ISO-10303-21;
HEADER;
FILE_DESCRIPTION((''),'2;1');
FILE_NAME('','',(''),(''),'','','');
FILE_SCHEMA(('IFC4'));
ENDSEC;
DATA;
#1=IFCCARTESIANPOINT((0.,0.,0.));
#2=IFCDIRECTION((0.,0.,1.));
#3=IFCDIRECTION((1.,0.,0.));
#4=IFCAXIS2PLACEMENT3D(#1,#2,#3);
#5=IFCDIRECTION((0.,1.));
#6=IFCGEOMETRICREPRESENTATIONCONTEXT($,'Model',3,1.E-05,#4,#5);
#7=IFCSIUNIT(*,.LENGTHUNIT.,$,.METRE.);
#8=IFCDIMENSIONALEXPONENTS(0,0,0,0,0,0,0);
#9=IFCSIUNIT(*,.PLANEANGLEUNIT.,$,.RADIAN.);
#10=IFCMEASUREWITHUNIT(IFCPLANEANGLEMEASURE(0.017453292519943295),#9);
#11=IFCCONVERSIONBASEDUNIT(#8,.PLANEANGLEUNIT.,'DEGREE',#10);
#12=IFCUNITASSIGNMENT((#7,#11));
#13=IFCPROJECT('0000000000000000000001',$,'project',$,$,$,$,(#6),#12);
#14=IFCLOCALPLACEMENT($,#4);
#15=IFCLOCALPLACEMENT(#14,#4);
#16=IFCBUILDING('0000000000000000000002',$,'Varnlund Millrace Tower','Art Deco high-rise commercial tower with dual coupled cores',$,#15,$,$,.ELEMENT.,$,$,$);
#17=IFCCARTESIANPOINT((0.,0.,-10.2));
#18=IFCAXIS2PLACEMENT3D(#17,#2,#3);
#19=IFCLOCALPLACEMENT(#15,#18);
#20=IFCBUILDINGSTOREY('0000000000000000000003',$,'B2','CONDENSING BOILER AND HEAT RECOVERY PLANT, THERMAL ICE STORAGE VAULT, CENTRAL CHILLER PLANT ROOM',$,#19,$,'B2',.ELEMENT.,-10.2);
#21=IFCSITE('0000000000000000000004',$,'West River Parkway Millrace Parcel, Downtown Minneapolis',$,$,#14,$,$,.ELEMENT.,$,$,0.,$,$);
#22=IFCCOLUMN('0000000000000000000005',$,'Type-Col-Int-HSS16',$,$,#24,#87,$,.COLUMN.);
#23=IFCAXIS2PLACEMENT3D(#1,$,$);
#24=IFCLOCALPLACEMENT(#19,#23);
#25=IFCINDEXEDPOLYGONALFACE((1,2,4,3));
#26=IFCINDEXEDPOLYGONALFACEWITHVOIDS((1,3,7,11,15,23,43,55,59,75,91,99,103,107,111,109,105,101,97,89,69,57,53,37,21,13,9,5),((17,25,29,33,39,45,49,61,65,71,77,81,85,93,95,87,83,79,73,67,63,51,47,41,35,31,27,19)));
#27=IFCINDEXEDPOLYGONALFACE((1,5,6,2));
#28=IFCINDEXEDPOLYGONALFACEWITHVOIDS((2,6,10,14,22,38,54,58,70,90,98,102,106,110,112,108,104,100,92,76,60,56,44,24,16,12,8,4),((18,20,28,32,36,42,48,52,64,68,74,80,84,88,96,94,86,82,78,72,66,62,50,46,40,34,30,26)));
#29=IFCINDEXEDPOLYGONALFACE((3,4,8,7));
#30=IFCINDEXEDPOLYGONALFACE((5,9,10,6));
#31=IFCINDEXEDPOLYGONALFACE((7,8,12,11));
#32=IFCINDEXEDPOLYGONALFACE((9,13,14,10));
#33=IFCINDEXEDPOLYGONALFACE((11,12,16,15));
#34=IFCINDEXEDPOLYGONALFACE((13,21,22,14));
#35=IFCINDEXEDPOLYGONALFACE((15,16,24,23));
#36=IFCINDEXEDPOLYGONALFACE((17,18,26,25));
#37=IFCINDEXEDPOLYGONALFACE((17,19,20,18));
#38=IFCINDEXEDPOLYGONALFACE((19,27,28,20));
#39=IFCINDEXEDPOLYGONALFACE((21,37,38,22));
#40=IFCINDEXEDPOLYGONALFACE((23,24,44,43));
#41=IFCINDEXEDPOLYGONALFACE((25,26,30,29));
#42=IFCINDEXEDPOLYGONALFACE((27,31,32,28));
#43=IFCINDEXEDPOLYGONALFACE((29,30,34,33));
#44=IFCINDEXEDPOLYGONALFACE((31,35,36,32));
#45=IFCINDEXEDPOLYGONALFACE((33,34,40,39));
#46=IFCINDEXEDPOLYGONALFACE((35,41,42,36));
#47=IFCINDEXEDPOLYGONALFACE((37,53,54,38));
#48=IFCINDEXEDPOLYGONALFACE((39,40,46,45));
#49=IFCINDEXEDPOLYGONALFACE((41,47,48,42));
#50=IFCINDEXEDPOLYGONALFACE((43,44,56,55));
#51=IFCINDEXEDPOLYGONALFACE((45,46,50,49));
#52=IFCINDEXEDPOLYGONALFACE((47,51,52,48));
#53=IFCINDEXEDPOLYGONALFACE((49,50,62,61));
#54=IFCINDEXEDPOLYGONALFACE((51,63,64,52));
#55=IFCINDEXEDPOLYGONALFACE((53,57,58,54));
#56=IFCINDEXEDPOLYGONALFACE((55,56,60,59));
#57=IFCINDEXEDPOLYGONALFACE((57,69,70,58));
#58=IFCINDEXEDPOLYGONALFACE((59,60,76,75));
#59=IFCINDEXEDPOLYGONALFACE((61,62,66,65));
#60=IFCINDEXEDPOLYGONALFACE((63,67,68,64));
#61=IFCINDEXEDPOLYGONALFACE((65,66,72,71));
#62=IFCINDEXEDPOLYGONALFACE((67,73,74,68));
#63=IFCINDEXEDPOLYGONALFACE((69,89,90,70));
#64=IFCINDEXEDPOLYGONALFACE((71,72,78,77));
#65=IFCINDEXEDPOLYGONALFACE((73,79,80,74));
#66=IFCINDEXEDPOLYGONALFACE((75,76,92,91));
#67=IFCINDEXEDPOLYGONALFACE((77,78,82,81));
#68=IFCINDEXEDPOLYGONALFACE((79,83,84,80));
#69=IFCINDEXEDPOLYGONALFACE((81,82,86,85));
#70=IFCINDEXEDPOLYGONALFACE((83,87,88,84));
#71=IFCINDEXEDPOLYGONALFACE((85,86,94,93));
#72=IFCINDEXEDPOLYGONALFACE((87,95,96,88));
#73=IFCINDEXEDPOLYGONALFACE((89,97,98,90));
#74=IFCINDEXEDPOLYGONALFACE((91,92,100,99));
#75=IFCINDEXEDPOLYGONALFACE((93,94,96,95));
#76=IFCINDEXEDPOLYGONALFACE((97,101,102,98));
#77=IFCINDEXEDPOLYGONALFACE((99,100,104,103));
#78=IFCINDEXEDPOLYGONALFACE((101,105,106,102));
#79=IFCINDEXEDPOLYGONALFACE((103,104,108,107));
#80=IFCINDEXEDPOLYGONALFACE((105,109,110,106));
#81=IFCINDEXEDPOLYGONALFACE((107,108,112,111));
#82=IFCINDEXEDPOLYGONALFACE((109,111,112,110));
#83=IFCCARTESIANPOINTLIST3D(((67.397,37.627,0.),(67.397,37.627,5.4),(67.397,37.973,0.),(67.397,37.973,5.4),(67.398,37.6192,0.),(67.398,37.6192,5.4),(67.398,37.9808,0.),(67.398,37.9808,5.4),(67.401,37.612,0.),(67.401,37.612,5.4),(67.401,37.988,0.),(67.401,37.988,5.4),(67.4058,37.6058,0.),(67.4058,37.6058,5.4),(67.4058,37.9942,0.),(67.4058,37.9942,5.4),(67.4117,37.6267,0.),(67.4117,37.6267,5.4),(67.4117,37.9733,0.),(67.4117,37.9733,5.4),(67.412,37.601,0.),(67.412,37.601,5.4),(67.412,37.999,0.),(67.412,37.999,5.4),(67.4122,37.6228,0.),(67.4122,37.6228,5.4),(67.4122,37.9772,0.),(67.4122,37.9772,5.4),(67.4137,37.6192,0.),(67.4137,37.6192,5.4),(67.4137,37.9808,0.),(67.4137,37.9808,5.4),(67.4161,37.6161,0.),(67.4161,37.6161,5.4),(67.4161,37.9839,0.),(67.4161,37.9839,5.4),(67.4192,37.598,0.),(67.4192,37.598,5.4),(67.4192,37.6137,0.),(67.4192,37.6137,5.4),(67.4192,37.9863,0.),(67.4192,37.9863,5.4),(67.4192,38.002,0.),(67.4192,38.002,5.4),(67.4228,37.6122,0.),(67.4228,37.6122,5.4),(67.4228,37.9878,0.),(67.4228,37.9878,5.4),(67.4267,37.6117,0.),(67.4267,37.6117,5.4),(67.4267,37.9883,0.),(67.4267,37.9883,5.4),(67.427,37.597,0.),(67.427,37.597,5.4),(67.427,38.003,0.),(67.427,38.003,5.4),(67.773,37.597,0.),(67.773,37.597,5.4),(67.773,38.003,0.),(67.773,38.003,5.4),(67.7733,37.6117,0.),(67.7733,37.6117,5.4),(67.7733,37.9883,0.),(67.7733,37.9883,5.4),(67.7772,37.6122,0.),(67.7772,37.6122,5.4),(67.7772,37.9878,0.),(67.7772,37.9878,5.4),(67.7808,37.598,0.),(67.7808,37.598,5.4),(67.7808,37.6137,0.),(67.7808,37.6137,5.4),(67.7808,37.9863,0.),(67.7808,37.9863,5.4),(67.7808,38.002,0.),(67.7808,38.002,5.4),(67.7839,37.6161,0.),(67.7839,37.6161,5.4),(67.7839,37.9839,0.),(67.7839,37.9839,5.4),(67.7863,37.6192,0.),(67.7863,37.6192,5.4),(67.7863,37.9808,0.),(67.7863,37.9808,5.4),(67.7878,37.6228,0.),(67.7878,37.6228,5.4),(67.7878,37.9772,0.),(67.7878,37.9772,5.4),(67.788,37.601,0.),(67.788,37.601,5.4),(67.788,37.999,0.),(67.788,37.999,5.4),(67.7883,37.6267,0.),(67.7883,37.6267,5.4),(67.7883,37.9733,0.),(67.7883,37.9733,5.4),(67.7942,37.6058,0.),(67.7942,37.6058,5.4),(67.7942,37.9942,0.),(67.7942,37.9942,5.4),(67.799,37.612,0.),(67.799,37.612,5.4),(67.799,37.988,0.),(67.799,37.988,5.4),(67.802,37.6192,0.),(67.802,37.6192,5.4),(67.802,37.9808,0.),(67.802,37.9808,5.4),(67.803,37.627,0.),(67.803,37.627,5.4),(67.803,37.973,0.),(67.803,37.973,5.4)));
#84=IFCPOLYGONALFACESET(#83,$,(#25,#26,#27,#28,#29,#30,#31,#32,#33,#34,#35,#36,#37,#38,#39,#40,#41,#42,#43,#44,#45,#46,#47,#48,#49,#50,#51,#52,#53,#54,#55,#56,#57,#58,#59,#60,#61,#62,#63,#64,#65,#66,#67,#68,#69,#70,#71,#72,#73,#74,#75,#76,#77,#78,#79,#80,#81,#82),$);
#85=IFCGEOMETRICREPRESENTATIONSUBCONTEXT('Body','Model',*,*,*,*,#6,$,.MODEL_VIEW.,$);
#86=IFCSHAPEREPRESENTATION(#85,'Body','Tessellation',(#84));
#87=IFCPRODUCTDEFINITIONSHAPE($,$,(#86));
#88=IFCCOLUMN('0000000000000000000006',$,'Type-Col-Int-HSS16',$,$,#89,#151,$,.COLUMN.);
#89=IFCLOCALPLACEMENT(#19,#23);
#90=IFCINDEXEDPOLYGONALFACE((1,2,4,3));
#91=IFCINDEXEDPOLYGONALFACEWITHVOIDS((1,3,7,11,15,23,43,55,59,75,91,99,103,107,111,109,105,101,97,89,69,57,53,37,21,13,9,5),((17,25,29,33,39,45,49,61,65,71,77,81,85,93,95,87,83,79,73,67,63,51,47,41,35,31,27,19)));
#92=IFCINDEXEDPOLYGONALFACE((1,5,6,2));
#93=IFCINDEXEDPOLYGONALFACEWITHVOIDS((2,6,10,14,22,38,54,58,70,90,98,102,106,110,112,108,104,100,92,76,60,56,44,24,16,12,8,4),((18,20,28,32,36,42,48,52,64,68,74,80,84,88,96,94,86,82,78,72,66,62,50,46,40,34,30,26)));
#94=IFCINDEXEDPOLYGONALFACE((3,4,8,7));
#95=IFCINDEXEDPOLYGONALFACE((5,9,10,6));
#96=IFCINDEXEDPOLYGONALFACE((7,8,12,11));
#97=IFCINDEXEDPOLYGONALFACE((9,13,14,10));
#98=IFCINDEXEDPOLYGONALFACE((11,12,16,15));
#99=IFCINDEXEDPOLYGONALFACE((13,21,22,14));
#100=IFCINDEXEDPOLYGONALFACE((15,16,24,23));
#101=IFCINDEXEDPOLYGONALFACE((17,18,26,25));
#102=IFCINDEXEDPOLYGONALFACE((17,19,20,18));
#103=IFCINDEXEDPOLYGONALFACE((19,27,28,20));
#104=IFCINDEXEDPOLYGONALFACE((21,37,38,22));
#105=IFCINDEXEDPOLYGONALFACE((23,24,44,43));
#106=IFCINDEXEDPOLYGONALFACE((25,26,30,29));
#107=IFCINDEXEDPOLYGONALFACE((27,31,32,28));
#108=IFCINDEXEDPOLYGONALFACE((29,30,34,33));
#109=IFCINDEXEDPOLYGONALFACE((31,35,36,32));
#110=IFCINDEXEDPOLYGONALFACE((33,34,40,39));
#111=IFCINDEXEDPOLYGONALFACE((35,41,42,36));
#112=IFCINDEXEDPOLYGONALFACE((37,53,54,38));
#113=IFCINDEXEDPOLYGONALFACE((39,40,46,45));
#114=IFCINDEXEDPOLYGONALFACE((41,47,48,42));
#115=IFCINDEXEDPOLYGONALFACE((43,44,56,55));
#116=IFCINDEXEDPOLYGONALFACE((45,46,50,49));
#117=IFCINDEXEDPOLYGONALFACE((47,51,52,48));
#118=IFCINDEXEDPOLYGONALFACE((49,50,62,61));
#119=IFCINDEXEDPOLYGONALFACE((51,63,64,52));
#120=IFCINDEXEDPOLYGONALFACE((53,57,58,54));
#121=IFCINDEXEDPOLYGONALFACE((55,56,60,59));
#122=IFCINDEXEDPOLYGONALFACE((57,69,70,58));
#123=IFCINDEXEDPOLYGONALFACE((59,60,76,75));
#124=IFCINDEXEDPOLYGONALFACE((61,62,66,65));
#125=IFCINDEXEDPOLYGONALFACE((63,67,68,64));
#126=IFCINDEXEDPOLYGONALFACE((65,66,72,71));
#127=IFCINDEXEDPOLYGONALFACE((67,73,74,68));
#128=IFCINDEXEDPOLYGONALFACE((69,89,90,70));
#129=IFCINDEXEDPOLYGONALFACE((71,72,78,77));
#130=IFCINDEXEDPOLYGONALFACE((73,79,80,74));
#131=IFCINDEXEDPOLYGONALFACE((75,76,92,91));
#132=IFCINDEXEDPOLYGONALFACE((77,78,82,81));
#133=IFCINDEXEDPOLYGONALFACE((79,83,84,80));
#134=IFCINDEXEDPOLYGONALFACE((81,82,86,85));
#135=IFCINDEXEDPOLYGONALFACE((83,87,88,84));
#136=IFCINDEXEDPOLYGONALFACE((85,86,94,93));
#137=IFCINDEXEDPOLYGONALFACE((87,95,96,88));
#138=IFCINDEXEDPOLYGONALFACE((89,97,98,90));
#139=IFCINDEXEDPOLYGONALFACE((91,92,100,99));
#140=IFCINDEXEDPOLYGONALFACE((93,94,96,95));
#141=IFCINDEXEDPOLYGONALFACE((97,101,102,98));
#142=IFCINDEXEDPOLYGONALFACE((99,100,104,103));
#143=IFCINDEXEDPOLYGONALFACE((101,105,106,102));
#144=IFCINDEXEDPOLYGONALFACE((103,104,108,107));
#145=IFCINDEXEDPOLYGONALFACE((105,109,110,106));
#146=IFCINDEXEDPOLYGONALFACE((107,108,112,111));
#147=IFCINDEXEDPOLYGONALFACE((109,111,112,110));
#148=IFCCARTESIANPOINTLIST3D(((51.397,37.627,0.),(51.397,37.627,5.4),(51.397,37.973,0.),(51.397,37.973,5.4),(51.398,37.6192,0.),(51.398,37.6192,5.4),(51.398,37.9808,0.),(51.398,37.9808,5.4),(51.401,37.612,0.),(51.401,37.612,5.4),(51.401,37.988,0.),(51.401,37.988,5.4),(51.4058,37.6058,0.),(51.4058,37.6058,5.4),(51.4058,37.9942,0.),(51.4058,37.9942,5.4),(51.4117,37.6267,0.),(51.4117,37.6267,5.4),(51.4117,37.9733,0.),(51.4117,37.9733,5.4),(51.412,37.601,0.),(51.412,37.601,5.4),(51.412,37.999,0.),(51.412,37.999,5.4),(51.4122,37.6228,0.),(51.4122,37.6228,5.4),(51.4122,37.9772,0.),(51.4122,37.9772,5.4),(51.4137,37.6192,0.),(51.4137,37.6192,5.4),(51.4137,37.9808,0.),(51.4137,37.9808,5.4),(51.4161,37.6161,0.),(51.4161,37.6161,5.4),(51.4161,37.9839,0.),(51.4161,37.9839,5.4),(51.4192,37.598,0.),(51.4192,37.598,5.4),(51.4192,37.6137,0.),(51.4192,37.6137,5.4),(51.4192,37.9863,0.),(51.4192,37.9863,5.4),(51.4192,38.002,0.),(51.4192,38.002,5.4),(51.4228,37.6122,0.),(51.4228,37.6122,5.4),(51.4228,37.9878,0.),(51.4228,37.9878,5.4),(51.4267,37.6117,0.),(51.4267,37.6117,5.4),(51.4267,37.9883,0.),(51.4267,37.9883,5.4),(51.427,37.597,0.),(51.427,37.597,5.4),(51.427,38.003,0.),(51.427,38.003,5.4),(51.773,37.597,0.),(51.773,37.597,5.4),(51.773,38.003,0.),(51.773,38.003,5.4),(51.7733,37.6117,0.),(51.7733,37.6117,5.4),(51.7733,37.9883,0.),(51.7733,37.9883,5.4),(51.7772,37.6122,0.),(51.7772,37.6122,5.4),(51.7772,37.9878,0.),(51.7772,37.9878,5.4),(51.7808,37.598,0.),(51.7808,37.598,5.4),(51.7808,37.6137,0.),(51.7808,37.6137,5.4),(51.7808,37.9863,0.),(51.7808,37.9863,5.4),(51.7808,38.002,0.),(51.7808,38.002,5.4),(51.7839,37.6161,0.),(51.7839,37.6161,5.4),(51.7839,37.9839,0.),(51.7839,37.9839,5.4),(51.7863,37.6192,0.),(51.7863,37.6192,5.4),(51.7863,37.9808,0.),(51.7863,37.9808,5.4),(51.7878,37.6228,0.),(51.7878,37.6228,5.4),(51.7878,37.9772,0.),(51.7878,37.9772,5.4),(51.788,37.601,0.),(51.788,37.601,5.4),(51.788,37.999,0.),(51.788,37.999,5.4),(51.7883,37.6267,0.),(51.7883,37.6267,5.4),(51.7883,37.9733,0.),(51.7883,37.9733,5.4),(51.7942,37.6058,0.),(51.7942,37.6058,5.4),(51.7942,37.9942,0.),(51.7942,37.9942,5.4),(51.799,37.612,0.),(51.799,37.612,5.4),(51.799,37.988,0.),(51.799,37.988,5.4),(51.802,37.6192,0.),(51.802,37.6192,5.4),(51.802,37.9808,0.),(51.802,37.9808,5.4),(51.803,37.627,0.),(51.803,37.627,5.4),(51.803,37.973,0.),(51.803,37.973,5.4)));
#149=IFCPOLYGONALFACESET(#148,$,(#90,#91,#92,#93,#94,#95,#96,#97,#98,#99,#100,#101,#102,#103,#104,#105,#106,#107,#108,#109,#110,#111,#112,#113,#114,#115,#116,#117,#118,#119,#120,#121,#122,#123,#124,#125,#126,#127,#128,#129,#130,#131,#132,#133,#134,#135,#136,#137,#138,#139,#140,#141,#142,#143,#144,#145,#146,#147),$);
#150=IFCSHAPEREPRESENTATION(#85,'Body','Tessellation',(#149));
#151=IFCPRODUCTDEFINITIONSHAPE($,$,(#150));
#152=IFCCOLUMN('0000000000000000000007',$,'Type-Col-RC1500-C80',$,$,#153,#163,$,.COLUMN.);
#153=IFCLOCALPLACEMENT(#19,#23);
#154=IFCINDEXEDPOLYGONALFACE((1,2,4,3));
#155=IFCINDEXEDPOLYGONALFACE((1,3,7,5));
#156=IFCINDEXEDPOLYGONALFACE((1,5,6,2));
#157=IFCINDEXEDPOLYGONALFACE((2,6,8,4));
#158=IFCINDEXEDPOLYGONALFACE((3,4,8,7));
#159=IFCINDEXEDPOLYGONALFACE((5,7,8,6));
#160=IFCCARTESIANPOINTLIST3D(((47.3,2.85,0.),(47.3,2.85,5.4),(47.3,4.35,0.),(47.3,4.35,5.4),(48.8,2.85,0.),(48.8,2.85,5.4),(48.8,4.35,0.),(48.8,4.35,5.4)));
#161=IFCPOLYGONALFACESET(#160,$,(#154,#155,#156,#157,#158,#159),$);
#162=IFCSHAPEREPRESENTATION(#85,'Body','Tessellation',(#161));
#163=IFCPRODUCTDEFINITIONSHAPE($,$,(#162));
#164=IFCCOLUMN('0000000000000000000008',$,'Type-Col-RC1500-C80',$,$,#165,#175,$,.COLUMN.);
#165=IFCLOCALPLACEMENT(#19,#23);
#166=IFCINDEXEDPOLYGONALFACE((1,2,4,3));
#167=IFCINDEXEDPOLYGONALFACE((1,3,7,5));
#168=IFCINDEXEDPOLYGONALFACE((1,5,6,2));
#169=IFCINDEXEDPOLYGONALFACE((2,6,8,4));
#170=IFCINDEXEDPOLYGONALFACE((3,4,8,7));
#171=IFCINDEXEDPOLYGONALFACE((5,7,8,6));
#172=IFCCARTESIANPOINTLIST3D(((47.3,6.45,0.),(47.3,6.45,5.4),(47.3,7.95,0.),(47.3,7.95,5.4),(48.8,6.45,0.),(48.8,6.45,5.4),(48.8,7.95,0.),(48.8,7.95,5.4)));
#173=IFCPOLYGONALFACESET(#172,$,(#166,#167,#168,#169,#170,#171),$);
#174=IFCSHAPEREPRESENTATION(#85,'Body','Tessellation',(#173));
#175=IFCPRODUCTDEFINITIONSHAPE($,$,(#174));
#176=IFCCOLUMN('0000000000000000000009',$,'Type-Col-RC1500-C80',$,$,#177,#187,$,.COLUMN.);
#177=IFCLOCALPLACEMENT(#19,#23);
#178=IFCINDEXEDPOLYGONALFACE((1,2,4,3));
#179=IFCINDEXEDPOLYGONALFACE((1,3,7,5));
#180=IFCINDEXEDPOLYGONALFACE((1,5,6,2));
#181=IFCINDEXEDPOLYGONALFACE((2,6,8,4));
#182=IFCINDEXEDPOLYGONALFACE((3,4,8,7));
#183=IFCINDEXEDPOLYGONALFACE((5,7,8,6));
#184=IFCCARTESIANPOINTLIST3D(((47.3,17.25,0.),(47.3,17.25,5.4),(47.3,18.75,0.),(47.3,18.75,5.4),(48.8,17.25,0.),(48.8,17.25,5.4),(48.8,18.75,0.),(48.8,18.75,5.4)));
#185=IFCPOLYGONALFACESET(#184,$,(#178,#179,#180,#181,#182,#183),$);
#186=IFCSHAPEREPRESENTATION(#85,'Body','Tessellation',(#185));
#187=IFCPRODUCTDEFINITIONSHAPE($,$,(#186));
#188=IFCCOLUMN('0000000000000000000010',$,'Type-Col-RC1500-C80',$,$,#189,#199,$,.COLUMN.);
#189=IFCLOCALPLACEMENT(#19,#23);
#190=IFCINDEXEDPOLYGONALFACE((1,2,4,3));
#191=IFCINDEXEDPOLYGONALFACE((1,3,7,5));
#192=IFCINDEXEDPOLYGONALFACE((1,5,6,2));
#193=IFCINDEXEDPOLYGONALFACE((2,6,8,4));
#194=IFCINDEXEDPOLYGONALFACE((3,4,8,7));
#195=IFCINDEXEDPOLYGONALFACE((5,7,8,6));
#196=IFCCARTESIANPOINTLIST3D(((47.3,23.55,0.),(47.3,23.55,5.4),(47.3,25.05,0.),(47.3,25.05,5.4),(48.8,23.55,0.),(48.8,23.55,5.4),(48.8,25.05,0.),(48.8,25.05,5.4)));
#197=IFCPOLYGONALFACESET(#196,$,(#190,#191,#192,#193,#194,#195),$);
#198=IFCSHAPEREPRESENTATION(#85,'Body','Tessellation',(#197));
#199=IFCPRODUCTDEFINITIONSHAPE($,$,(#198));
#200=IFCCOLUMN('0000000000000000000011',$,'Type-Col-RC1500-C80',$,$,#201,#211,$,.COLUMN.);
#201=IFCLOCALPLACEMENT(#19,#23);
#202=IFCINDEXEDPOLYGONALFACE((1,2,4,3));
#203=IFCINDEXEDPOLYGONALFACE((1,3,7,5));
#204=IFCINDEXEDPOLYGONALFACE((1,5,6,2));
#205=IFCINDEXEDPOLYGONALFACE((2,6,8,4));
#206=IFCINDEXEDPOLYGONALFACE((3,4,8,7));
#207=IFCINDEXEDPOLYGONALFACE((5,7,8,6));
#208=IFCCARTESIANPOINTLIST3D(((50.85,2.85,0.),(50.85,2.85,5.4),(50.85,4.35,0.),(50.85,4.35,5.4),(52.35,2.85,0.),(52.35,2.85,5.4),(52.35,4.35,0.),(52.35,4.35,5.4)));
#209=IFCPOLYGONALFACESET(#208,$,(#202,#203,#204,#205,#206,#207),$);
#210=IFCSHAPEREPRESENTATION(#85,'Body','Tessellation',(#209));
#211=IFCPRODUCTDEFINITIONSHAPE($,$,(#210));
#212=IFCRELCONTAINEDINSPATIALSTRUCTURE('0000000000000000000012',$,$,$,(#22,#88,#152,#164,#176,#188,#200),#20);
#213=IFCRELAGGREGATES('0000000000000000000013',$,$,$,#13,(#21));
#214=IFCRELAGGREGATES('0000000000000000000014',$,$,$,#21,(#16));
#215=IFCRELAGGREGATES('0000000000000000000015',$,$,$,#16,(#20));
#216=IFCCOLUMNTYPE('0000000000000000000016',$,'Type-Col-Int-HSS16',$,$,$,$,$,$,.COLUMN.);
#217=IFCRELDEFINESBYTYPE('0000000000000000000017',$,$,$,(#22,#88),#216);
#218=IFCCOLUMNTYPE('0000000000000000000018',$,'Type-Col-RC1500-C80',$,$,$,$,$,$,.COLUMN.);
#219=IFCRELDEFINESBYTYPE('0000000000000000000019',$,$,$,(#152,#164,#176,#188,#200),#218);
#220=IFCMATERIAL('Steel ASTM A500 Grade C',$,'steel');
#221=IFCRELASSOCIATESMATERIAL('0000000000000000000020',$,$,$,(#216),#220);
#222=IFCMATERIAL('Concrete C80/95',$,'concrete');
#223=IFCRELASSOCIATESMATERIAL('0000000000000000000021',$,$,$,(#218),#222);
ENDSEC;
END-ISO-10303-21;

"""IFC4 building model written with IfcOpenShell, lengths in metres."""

from ifc_helpers import new_model, entity, si_unit, converted_unit, direction, frame, origin_with_axes, origin_2d_with_axis, place, context, subcontext, project, spatial, rectangle, hollow_rectangle, extrude, material, material_profile, profile_set, type_object, element, save


model = new_model("IFC4")

# Units and contexts
model_context = context("Model", 3, precision=1e-05, world=origin_with_axes(), true_north=direction((0.0, 1.0)))
body_context = subcontext(model_context, "Body", "Model", "MODEL_VIEW")
ifc_project = project(units=[si_unit("LENGTHUNIT", "METRE"), converted_unit("PLANEANGLEUNIT", "DEGREE", entity("IfcPlaneAngleMeasure", 0.017453292519943295), si_unit("PLANEANGLEUNIT", "RADIAN"), dimensions=[0, 0, 0, 0, 0, 0, 0])], contexts=[model_context])

# Site, building, storey
site_placement = place(None, origin_with_axes())
site = spatial("IfcSite", under=ifc_project, at=site_placement, Name="West River Parkway Millrace Parcel, Downtown Minneapolis", CompositionType="ELEMENT", RefElevation=0.0)
building_placement = place(site_placement, origin_with_axes())
building = spatial("IfcBuilding", under=site, at=building_placement, Name="Varnlund Millrace Tower", Description="Art Deco high-rise commercial tower with dual coupled cores", CompositionType="ELEMENT")
storey_placement = place(building_placement, frame((0.0, 0.0, -10.2), z_axis=(0.0, 0.0, 1.0), x_axis=(1.0, 0.0, 0.0)))
storey = spatial("IfcBuildingStorey", under=building, at=storey_placement, Name="B2", Description="CONDENSING BOILER AND HEAT RECOVERY PLANT, THERMAL ICE STORAGE VAULT, CENTRAL CHILLER PLANT ROOM", LongName="B2", CompositionType="ELEMENT", Elevation=-10.2)

# Columns
ifc_material_1 = material(Name="Steel ASTM A500 Grade C", Category="steel")
ifc_material_profile_1 = material_profile(ifc_material_1, hollow_rectangle(XDim=0.406, YDim=0.406, WallThickness=0.0147, InnerFilletRadius=0.015, OuterFilletRadius=0.03, at=origin_2d_with_axis()), Name="Steel ASTM A500 Grade C")
ifc_profile_set_1 = profile_set([ifc_material_profile_1], Name="Steel ASTM A500 Grade C")
column_type_1 = type_object("IfcColumnType", Name="Type-Col-Int-HSS16", PredefinedType="COLUMN", material=ifc_profile_set_1)
for number, where, z_axis, x_axis, name in (
    (1, (67.6, 37.8, 0.0), (0.0, 0.0, 1.0), (1.0, 0.0, 0.0), "Type-Col-Int-HSS16"),
    (2, (51.6, 37.8, 0.0), (0.0, 0.0, 1.0), (1.0, 0.0, 0.0), "Type-Col-Int-HSS16"),
):
    element("IfcColumn", number, at=place(storey_placement, frame(where, z_axis=z_axis, x_axis=x_axis)), inside=storey, type_object=column_type_1, Name=name, PredefinedType="COLUMN", context=body_context, shape_type="SweptSolid", body=[
        extrude(hollow_rectangle(XDim=0.406, YDim=0.406, WallThickness=0.0147, InnerFilletRadius=0.015, OuterFilletRadius=0.03, at=origin_2d_with_axis()), origin_with_axes(), (0.0, 0.0, 1.0), 5.4),
    ])
ifc_material_2 = material(Name="Concrete C80/95", Category="concrete")
ifc_material_profile_2 = material_profile(ifc_material_2, rectangle(XDim=1.5, YDim=1.5, at=origin_2d_with_axis()), Name="Concrete C80/95")
ifc_profile_set_2 = profile_set([ifc_material_profile_2], Name="Concrete C80/95")
column_type_2 = type_object("IfcColumnType", Name="Type-Col-RC1500-C80", PredefinedType="COLUMN", material=ifc_profile_set_2)
for number, where, z_axis, x_axis, name in (
    (3, (48.05, 3.6, 0.0), (0.0, 0.0, 1.0), (1.0, 0.0, 0.0), "Type-Col-RC1500-C80"),
    (4, (48.05, 7.2, 0.0), (0.0, 0.0, 1.0), (1.0, 0.0, 0.0), "Type-Col-RC1500-C80"),
    (5, (48.05, 18.0, 0.0), (0.0, 0.0, 1.0), (1.0, 0.0, 0.0), "Type-Col-RC1500-C80"),
    (6, (48.05, 24.3, 0.0), (0.0, 0.0, 1.0), (1.0, 0.0, 0.0), "Type-Col-RC1500-C80"),
    (7, (51.6, 3.6, 0.0), (0.0, 0.0, 1.0), (1.0, 0.0, 0.0), "Type-Col-RC1500-C80"),
):
    element("IfcColumn", number, at=place(storey_placement, frame(where, z_axis=z_axis, x_axis=x_axis)), inside=storey, type_object=column_type_2, Name=name, PredefinedType="COLUMN", context=body_context, shape_type="SweptSolid", body=[
        extrude(rectangle(XDim=1.5, YDim=1.5, at=origin_2d_with_axis()), origin_with_axes(), (0.0, 0.0, 1.0), 5.4),
    ])

save(model, "model.ifc")
